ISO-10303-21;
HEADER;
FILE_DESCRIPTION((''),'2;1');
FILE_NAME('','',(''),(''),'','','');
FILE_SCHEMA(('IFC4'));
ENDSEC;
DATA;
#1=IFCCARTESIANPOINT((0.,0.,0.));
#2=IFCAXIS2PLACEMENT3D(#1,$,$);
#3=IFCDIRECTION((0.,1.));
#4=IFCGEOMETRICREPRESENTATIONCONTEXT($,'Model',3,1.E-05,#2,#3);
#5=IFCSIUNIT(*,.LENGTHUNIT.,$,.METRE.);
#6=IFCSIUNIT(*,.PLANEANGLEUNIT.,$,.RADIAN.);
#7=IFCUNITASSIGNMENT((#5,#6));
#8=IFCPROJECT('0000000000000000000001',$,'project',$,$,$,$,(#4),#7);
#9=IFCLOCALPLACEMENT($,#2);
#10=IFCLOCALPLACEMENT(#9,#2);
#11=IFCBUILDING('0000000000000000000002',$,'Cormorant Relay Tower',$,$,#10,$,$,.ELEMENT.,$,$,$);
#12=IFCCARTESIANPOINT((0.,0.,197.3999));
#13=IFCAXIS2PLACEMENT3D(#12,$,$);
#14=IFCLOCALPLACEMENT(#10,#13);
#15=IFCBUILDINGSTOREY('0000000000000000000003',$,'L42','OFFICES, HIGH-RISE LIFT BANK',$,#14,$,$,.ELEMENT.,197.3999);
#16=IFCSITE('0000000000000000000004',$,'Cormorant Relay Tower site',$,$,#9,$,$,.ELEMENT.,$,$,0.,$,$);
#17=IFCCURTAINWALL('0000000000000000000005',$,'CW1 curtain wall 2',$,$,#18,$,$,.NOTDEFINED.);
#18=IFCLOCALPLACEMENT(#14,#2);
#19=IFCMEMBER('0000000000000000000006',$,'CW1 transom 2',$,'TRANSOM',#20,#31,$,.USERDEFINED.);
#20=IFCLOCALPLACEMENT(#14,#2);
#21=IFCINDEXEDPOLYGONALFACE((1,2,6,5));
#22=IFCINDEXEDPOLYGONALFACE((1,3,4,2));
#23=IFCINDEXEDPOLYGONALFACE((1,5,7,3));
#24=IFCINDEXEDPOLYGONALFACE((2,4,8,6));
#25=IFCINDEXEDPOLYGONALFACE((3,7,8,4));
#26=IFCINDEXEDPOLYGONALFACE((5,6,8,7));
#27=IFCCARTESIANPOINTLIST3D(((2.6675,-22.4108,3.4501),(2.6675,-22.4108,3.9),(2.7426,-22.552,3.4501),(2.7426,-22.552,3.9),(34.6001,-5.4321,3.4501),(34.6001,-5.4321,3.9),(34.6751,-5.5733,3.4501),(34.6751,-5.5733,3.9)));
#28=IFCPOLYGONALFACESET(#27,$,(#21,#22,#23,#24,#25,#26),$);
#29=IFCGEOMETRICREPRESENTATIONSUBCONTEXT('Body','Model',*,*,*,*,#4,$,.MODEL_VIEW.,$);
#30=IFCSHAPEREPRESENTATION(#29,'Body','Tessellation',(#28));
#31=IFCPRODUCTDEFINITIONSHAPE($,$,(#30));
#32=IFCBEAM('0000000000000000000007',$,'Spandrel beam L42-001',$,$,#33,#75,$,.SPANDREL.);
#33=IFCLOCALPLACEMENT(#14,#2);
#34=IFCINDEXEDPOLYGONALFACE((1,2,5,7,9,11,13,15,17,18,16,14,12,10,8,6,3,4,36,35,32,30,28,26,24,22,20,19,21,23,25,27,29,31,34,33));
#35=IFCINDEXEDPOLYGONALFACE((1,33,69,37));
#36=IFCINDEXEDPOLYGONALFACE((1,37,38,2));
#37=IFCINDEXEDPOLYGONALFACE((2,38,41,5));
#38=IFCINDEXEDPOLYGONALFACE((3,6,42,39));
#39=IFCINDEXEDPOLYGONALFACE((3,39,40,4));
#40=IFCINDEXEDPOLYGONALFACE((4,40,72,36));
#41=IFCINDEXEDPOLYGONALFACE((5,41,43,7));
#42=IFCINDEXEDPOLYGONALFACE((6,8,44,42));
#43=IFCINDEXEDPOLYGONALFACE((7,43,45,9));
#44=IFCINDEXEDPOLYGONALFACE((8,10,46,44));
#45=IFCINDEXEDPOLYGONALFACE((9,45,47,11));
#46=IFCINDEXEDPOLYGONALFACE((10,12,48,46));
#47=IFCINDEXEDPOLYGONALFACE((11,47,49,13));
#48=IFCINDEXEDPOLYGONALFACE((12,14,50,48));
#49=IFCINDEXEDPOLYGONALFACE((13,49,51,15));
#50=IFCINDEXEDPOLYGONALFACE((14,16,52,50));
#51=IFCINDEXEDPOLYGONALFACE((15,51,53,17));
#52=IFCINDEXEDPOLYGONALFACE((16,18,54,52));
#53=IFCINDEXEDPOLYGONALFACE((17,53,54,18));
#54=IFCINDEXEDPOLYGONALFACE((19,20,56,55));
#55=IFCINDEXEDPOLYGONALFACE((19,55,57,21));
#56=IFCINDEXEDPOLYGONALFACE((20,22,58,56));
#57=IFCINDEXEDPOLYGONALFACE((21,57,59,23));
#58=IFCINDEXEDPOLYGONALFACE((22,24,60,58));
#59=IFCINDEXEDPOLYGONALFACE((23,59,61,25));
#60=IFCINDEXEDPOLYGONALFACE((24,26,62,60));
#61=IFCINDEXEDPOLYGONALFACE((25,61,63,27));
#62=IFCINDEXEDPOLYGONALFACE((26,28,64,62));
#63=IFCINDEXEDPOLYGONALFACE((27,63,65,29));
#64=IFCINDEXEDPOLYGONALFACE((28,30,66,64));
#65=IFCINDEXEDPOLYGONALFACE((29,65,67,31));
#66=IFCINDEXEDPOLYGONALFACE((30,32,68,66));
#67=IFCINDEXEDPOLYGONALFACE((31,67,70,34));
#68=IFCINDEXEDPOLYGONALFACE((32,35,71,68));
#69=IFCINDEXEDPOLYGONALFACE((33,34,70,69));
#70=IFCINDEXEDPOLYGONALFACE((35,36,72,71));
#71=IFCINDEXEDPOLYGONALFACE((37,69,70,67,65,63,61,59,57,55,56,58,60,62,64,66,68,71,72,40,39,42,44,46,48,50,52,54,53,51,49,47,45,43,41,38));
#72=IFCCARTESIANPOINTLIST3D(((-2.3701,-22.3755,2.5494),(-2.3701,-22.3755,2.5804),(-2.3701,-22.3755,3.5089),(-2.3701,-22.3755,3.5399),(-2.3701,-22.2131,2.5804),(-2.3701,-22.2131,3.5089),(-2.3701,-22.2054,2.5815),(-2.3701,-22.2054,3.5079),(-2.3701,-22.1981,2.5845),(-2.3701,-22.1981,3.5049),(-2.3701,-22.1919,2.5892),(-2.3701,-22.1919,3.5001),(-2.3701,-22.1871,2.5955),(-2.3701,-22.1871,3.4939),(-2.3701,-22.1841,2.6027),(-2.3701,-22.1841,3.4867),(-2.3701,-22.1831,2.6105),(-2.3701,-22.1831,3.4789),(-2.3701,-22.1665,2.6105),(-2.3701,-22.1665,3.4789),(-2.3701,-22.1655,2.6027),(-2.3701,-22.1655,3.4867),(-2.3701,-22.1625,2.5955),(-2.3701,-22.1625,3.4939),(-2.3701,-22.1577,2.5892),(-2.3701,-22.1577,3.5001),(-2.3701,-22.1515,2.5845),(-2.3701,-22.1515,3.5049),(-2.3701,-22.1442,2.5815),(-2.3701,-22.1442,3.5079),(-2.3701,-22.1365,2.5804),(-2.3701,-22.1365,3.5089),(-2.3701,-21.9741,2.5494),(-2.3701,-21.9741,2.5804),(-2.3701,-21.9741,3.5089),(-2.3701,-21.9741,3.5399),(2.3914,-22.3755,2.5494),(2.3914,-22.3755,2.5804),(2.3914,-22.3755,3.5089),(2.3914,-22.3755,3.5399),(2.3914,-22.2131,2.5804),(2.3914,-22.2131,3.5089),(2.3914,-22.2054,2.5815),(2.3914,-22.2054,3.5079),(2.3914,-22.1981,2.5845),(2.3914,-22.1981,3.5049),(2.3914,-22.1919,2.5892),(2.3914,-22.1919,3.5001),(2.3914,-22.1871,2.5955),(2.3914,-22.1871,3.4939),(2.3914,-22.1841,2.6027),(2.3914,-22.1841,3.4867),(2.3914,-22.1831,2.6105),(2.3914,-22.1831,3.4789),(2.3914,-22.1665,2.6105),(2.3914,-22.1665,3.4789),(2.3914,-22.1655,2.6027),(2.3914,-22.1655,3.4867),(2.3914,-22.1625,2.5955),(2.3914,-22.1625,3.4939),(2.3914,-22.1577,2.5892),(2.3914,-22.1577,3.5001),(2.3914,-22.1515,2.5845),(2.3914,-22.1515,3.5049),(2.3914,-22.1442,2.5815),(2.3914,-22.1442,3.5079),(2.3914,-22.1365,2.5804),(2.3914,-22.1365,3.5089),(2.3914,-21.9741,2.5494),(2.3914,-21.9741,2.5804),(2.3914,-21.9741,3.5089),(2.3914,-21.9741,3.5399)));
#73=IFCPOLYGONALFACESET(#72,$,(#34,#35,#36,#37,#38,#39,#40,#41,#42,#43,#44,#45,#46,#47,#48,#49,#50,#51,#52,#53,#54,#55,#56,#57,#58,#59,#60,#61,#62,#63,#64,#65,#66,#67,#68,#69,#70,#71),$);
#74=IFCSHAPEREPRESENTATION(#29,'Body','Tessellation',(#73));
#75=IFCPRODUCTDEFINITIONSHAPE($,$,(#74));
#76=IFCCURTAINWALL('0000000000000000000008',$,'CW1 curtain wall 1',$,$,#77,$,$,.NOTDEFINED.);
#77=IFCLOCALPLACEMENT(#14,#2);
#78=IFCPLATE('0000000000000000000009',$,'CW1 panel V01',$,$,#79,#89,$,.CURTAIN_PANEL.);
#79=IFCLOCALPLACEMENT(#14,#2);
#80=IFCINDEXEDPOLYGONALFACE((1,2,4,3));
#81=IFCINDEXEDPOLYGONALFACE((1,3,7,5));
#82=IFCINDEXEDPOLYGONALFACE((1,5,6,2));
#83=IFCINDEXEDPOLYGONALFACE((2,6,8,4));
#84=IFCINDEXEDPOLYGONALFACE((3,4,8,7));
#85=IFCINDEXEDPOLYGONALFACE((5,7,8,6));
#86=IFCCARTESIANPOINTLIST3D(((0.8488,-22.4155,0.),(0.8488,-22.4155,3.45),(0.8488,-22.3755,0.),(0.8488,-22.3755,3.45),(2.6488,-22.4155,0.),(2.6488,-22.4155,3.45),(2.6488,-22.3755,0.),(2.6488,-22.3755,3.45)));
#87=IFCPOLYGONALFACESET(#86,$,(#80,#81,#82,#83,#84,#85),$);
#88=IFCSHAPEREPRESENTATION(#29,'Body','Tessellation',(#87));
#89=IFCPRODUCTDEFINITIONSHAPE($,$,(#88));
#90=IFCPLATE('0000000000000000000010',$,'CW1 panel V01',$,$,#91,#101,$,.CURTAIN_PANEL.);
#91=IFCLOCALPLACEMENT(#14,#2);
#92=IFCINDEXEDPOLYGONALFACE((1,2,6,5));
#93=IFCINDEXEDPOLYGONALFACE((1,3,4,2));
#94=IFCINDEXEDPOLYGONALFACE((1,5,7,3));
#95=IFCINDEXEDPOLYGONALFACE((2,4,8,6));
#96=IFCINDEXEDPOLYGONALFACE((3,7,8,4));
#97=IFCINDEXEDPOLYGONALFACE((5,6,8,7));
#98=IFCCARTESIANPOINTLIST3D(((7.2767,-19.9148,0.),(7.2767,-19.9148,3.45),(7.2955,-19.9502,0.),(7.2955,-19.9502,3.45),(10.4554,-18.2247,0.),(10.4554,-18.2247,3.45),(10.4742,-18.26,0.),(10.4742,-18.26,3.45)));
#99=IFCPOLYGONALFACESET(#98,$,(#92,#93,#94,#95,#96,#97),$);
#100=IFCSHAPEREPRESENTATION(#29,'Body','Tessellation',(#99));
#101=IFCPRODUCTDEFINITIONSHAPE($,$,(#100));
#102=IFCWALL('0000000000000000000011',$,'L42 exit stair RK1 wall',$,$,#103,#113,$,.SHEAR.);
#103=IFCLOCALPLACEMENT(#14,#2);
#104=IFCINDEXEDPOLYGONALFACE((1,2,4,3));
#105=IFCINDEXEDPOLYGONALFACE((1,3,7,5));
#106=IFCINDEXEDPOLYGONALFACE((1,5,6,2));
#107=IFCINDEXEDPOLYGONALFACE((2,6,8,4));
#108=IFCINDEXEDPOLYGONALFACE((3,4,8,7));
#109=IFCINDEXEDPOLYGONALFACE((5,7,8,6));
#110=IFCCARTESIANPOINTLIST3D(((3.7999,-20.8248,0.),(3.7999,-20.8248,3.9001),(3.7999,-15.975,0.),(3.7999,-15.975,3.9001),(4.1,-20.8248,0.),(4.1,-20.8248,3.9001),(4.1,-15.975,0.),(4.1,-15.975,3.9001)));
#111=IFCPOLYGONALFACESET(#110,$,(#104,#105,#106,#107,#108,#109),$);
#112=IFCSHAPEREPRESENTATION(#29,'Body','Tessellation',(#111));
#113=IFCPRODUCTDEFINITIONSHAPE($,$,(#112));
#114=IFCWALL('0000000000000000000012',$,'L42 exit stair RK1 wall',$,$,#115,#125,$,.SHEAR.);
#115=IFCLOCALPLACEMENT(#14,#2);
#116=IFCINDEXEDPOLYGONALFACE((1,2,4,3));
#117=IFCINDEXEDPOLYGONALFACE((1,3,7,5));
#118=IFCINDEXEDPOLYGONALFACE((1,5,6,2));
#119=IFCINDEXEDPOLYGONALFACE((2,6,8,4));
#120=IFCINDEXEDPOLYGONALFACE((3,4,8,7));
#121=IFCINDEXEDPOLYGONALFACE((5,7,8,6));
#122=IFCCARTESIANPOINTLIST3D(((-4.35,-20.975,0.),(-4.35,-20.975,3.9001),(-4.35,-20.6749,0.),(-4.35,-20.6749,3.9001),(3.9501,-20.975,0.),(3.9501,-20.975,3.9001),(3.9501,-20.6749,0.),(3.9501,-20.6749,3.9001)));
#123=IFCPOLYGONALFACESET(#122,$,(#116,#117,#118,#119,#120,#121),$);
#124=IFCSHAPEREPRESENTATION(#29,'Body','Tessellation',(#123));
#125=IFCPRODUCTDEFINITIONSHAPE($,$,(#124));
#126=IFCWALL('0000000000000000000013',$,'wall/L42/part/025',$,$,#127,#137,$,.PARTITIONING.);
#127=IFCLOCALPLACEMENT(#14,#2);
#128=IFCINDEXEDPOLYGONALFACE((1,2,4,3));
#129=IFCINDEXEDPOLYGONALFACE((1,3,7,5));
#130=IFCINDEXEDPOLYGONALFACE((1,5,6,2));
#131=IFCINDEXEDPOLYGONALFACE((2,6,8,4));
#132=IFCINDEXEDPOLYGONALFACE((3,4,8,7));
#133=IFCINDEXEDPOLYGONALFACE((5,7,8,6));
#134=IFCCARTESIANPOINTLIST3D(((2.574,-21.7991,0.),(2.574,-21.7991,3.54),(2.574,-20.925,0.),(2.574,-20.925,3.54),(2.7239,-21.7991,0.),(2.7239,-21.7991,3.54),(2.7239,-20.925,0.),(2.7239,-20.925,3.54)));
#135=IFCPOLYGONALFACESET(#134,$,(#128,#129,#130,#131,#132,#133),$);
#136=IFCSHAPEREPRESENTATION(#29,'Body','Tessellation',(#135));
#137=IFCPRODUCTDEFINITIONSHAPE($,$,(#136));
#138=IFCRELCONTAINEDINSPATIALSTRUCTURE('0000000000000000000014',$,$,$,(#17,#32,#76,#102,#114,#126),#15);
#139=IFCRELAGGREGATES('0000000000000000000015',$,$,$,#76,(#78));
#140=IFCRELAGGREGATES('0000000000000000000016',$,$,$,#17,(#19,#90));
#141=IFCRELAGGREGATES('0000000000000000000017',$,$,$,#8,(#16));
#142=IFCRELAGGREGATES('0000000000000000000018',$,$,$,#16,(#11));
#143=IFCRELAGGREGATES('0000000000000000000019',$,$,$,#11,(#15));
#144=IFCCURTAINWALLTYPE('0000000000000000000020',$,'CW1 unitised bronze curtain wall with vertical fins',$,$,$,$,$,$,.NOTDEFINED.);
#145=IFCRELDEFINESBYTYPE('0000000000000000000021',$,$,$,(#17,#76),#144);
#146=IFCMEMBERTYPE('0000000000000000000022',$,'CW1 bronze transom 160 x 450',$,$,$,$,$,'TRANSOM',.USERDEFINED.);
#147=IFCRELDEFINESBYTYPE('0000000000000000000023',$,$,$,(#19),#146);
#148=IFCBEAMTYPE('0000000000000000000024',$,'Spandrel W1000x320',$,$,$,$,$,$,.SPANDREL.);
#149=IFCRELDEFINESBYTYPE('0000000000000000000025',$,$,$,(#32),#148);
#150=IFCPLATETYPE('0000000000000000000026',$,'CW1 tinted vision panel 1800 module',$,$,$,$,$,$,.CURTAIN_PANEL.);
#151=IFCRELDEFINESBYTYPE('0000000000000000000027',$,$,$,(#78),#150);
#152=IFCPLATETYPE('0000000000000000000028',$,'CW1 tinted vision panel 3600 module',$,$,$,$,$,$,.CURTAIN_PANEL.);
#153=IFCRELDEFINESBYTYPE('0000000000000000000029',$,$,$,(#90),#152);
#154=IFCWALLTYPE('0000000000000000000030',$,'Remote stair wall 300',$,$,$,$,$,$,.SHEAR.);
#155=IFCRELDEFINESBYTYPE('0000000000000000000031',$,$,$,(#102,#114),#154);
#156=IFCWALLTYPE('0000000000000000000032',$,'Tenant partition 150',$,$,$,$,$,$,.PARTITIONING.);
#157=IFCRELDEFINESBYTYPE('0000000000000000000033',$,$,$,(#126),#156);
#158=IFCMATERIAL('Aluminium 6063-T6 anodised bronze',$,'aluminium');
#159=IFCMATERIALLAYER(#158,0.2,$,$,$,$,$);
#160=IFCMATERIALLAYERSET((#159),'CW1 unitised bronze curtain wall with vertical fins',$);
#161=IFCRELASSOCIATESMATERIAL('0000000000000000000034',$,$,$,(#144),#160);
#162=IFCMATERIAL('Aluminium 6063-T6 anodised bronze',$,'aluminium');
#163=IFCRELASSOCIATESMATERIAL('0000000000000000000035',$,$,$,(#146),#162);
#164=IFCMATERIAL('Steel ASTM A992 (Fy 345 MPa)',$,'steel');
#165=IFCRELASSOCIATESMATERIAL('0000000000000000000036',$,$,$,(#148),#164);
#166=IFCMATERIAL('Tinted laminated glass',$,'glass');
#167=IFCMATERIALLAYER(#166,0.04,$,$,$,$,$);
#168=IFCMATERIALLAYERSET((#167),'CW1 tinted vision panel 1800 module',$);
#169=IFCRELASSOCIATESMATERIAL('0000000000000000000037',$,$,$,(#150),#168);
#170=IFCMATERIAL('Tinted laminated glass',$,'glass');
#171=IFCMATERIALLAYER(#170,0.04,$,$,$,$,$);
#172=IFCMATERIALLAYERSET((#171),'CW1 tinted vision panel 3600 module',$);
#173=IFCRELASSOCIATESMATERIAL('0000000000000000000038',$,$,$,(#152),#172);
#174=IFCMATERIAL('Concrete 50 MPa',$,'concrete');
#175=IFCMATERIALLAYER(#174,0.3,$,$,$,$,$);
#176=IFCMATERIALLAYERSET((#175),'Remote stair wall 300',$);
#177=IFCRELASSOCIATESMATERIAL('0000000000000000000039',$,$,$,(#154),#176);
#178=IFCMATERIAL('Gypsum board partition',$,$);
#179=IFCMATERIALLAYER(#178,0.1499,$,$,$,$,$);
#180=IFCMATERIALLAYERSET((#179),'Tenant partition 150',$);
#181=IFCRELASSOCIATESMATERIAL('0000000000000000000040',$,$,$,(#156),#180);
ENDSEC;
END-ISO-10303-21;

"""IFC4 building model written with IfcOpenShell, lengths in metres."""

from ifc_helpers import new_model, si_unit, direction, frame, frame_2d, origin, origin_2d, place, context, subcontext, project, spatial, rectangle, i_section, extrude, material, layer, layer_set, material_profile, profile_set, type_object, element, aggregate, save


model = new_model("IFC4")

# Units and contexts
model_context = context("Model", 3, precision=1e-05, world=origin(), true_north=direction((0.0, 1.0)))
body_context = subcontext(model_context, "Body", "Model", "MODEL_VIEW")
ifc_project = project(units=[si_unit("LENGTHUNIT", "METRE"), si_unit("PLANEANGLEUNIT", "RADIAN")], contexts=[model_context])

# Site, building, storey
site_placement = place(None, origin())
site = spatial("IfcSite", under=ifc_project, at=site_placement, Name="Cormorant Relay Tower site", CompositionType="ELEMENT", RefElevation=0.0)
building_placement = place(site_placement, origin())
building = spatial("IfcBuilding", under=site, at=building_placement, Name="Cormorant Relay Tower", CompositionType="ELEMENT")
storey_placement = place(building_placement, frame((0.0, 0.0, 197.3999)))
storey = spatial("IfcBuildingStorey", under=building, at=storey_placement, Name="L42", Description="OFFICES, HIGH-RISE LIFT BANK", CompositionType="ELEMENT", Elevation=197.3999)

# Curtain wall, member
ifc_material_1 = material(Name="Aluminium 6063-T6 anodised bronze", Category="aluminium")
ifc_layer_1 = layer(ifc_material_1, 0.2)
ifc_layer_set_1 = layer_set([ifc_layer_1], Name="CW1 unitised bronze curtain wall with vertical fins")
curtain_wall_type = type_object("IfcCurtainWallType", Name="CW1 unitised bronze curtain wall with vertical fins", PredefinedType="NOTDEFINED", material=ifc_layer_set_1)
curtain_wall_1_placement = place(storey_placement, origin())
curtain_wall_1 = element("IfcCurtainWall", 1, at=curtain_wall_1_placement, inside=storey, type_object=curtain_wall_type, Name="CW1 curtain wall 2", PredefinedType="NOTDEFINED")
ifc_material_2 = material(Name="Aluminium 6063-T6 anodised bronze", Category="aluminium")
ifc_material_profile_1 = material_profile(ifc_material_2, rectangle(XDim=0.1599, YDim=0.45, at=origin_2d()), Name="AL 160x450")
ifc_profile_set_1 = profile_set([ifc_material_profile_1], Name="Aluminium 6063-T6 anodised bronze")
member_type_1 = type_object("IfcMemberType", Name="CW1 bronze transom 160 x 450", ElementType="TRANSOM", PredefinedType="USERDEFINED", material=ifc_profile_set_1)
member_1_placement = place(storey_placement, frame((2.7051, -22.4814, 3.675), z_axis=(0.882949, 0.469469, 0.0), x_axis=(-0.469469, 0.882949, 0.0)))
member_1 = element("IfcMember", 2, at=member_1_placement, type_object=member_type_1, Name="CW1 transom 2", ObjectType="TRANSOM", PredefinedType="USERDEFINED", context=body_context, shape_type="SweptSolid", body=[
    extrude(rectangle(XDim=0.1599, YDim=0.45, at=origin_2d()), origin(), (0.0, 0.0, 1.0), 36.1658),
])

# Beam
ifc_material_3 = material(Name="Steel ASTM A992 (Fy 345 MPa)", Category="steel")
ifc_material_profile_2 = material_profile(ifc_material_3, i_section(OverallWidth=0.4014, OverallDepth=0.9905, WebThickness=0.0166, FlangeThickness=0.031, FilletRadius=0.03, at=origin_2d()), Name="W1000x320")
ifc_profile_set_2 = profile_set([ifc_material_profile_2], Name="Steel ASTM A992 (Fy 345 MPa)")
beam_type = type_object("IfcBeamType", Name="Spandrel W1000x320", PredefinedType="SPANDREL", material=ifc_profile_set_2)
beam_placement = place(storey_placement, frame((-2.3701, -22.1748, 3.0447), z_axis=(1.0, 0.0, 0.0), x_axis=(0.0, 1.0, 0.0)))
element("IfcBeam", 3, at=beam_placement, inside=storey, type_object=beam_type, Name="Spandrel beam L42-001", PredefinedType="SPANDREL", context=body_context, shape_type="SweptSolid", body=[
    extrude(i_section(OverallWidth=0.4014, OverallDepth=0.9905, WebThickness=0.0166, FlangeThickness=0.031, FilletRadius=0.03, at=origin_2d()), origin(), (0.0, 0.0, 1.0), 4.7615),
])

# Curtain wall, plate
curtain_wall_2_placement = place(storey_placement, origin())
curtain_wall_2 = element("IfcCurtainWall", 4, at=curtain_wall_2_placement, inside=storey, type_object=curtain_wall_type, Name="CW1 curtain wall 1", PredefinedType="NOTDEFINED")
ifc_material_4 = material(Name="Tinted laminated glass", Category="glass")
ifc_layer_2 = layer(ifc_material_4, 0.04)
ifc_layer_set_2 = layer_set([ifc_layer_2], Name="CW1 tinted vision panel 1800 module")
plate_type_1 = type_object("IfcPlateType", Name="CW1 tinted vision panel 1800 module", PredefinedType="CURTAIN_PANEL", material=ifc_layer_set_2)
plate_1_placement = place(storey_placement, frame((1.7488, -22.3955, 0.0), z_axis=(0.0, 0.0, 1.0), x_axis=(1.0, 0.0, 0.0)))
plate_1 = element("IfcPlate", 5, at=plate_1_placement, type_object=plate_type_1, Name="CW1 panel V01", PredefinedType="CURTAIN_PANEL", context=body_context, shape_type="SweptSolid", body=[
    extrude(rectangle(XDim=1.8, YDim=0.04, at=origin_2d()), origin(), (0.0, 0.0, 1.0), 3.45),
])

# Plate
ifc_material_5 = material(Name="Tinted laminated glass", Category="glass")
ifc_layer_3 = layer(ifc_material_5, 0.04)
ifc_layer_set_3 = layer_set([ifc_layer_3], Name="CW1 tinted vision panel 3600 module")
plate_type_2 = type_object("IfcPlateType", Name="CW1 tinted vision panel 3600 module", PredefinedType="CURTAIN_PANEL", material=ifc_layer_set_3)
plate_2_placement = place(storey_placement, frame((8.8755, -19.0874, 0.0), z_axis=(0.0, 0.0, 1.0), x_axis=(0.882948, 0.469472, 0.0)))
plate_2 = element("IfcPlate", 6, at=plate_2_placement, type_object=plate_type_2, Name="CW1 panel V01", PredefinedType="CURTAIN_PANEL", context=body_context, shape_type="SweptSolid", body=[
    extrude(rectangle(XDim=3.6001, YDim=0.04, at=origin_2d()), origin(), (0.0, 0.0, 1.0), 3.45),
])

# Walls
ifc_material_6 = material(Name="Concrete 50 MPa", Category="concrete")
ifc_layer_4 = layer(ifc_material_6, 0.3)
ifc_layer_set_4 = layer_set([ifc_layer_4], Name="Remote stair wall 300")
wall_type_1 = type_object("IfcWallType", Name="Remote stair wall 300", PredefinedType="SHEAR", material=ifc_layer_set_4)
wall_1_placement = place(storey_placement, frame((3.95, -15.9751, 0.0), z_axis=(0.0, 0.0, 1.0), x_axis=(0.0, -1.0, 0.0)))
element("IfcWall", 7, at=wall_1_placement, inside=storey, type_object=wall_type_1, Name="L42 exit stair RK1 wall", PredefinedType="SHEAR", context=body_context, shape_type="SweptSolid", body=[
    extrude(rectangle(XDim=4.8499, YDim=0.3, at=frame_2d((2.4248, 0.0))), origin(), (0.0, 0.0, 1.0), 3.9001),
])
wall_2_placement = place(storey_placement, frame((3.95, -20.825, 0.0), z_axis=(0.0, 0.0, 1.0), x_axis=(-1.0, 0.0, 0.0)))
element("IfcWall", 8, at=wall_2_placement, inside=storey, type_object=wall_type_1, Name="L42 exit stair RK1 wall", PredefinedType="SHEAR", context=body_context, shape_type="SweptSolid", body=[
    extrude(rectangle(XDim=8.3, YDim=0.3, at=frame_2d((4.1499, 0.0))), origin(), (0.0, 0.0, 1.0), 3.9001),
])
ifc_material_7 = material(Name="Gypsum board partition")
ifc_layer_5 = layer(ifc_material_7, 0.1499)
ifc_layer_set_5 = layer_set([ifc_layer_5], Name="Tenant partition 150")
wall_type_2 = type_object("IfcWallType", Name="Tenant partition 150", PredefinedType="PARTITIONING", material=ifc_layer_set_5)
wall_3_placement = place(storey_placement, frame((2.6489, -21.7991, 0.0), z_axis=(0.0, 0.0, 1.0), x_axis=(0.0, 1.0, 0.0)))
element("IfcWall", 9, at=wall_3_placement, inside=storey, type_object=wall_type_2, Name="wall/L42/part/025", PredefinedType="PARTITIONING", context=body_context, shape_type="SweptSolid", body=[
    extrude(rectangle(XDim=0.874, YDim=0.1499, at=frame_2d((0.437, 0.0))), origin(), (0.0, 0.0, 1.0), 3.54),
])

aggregate(curtain_wall_2, [plate_1])
aggregate(curtain_wall_1, [member_1, plate_2])

save(model, "model.ifc")
